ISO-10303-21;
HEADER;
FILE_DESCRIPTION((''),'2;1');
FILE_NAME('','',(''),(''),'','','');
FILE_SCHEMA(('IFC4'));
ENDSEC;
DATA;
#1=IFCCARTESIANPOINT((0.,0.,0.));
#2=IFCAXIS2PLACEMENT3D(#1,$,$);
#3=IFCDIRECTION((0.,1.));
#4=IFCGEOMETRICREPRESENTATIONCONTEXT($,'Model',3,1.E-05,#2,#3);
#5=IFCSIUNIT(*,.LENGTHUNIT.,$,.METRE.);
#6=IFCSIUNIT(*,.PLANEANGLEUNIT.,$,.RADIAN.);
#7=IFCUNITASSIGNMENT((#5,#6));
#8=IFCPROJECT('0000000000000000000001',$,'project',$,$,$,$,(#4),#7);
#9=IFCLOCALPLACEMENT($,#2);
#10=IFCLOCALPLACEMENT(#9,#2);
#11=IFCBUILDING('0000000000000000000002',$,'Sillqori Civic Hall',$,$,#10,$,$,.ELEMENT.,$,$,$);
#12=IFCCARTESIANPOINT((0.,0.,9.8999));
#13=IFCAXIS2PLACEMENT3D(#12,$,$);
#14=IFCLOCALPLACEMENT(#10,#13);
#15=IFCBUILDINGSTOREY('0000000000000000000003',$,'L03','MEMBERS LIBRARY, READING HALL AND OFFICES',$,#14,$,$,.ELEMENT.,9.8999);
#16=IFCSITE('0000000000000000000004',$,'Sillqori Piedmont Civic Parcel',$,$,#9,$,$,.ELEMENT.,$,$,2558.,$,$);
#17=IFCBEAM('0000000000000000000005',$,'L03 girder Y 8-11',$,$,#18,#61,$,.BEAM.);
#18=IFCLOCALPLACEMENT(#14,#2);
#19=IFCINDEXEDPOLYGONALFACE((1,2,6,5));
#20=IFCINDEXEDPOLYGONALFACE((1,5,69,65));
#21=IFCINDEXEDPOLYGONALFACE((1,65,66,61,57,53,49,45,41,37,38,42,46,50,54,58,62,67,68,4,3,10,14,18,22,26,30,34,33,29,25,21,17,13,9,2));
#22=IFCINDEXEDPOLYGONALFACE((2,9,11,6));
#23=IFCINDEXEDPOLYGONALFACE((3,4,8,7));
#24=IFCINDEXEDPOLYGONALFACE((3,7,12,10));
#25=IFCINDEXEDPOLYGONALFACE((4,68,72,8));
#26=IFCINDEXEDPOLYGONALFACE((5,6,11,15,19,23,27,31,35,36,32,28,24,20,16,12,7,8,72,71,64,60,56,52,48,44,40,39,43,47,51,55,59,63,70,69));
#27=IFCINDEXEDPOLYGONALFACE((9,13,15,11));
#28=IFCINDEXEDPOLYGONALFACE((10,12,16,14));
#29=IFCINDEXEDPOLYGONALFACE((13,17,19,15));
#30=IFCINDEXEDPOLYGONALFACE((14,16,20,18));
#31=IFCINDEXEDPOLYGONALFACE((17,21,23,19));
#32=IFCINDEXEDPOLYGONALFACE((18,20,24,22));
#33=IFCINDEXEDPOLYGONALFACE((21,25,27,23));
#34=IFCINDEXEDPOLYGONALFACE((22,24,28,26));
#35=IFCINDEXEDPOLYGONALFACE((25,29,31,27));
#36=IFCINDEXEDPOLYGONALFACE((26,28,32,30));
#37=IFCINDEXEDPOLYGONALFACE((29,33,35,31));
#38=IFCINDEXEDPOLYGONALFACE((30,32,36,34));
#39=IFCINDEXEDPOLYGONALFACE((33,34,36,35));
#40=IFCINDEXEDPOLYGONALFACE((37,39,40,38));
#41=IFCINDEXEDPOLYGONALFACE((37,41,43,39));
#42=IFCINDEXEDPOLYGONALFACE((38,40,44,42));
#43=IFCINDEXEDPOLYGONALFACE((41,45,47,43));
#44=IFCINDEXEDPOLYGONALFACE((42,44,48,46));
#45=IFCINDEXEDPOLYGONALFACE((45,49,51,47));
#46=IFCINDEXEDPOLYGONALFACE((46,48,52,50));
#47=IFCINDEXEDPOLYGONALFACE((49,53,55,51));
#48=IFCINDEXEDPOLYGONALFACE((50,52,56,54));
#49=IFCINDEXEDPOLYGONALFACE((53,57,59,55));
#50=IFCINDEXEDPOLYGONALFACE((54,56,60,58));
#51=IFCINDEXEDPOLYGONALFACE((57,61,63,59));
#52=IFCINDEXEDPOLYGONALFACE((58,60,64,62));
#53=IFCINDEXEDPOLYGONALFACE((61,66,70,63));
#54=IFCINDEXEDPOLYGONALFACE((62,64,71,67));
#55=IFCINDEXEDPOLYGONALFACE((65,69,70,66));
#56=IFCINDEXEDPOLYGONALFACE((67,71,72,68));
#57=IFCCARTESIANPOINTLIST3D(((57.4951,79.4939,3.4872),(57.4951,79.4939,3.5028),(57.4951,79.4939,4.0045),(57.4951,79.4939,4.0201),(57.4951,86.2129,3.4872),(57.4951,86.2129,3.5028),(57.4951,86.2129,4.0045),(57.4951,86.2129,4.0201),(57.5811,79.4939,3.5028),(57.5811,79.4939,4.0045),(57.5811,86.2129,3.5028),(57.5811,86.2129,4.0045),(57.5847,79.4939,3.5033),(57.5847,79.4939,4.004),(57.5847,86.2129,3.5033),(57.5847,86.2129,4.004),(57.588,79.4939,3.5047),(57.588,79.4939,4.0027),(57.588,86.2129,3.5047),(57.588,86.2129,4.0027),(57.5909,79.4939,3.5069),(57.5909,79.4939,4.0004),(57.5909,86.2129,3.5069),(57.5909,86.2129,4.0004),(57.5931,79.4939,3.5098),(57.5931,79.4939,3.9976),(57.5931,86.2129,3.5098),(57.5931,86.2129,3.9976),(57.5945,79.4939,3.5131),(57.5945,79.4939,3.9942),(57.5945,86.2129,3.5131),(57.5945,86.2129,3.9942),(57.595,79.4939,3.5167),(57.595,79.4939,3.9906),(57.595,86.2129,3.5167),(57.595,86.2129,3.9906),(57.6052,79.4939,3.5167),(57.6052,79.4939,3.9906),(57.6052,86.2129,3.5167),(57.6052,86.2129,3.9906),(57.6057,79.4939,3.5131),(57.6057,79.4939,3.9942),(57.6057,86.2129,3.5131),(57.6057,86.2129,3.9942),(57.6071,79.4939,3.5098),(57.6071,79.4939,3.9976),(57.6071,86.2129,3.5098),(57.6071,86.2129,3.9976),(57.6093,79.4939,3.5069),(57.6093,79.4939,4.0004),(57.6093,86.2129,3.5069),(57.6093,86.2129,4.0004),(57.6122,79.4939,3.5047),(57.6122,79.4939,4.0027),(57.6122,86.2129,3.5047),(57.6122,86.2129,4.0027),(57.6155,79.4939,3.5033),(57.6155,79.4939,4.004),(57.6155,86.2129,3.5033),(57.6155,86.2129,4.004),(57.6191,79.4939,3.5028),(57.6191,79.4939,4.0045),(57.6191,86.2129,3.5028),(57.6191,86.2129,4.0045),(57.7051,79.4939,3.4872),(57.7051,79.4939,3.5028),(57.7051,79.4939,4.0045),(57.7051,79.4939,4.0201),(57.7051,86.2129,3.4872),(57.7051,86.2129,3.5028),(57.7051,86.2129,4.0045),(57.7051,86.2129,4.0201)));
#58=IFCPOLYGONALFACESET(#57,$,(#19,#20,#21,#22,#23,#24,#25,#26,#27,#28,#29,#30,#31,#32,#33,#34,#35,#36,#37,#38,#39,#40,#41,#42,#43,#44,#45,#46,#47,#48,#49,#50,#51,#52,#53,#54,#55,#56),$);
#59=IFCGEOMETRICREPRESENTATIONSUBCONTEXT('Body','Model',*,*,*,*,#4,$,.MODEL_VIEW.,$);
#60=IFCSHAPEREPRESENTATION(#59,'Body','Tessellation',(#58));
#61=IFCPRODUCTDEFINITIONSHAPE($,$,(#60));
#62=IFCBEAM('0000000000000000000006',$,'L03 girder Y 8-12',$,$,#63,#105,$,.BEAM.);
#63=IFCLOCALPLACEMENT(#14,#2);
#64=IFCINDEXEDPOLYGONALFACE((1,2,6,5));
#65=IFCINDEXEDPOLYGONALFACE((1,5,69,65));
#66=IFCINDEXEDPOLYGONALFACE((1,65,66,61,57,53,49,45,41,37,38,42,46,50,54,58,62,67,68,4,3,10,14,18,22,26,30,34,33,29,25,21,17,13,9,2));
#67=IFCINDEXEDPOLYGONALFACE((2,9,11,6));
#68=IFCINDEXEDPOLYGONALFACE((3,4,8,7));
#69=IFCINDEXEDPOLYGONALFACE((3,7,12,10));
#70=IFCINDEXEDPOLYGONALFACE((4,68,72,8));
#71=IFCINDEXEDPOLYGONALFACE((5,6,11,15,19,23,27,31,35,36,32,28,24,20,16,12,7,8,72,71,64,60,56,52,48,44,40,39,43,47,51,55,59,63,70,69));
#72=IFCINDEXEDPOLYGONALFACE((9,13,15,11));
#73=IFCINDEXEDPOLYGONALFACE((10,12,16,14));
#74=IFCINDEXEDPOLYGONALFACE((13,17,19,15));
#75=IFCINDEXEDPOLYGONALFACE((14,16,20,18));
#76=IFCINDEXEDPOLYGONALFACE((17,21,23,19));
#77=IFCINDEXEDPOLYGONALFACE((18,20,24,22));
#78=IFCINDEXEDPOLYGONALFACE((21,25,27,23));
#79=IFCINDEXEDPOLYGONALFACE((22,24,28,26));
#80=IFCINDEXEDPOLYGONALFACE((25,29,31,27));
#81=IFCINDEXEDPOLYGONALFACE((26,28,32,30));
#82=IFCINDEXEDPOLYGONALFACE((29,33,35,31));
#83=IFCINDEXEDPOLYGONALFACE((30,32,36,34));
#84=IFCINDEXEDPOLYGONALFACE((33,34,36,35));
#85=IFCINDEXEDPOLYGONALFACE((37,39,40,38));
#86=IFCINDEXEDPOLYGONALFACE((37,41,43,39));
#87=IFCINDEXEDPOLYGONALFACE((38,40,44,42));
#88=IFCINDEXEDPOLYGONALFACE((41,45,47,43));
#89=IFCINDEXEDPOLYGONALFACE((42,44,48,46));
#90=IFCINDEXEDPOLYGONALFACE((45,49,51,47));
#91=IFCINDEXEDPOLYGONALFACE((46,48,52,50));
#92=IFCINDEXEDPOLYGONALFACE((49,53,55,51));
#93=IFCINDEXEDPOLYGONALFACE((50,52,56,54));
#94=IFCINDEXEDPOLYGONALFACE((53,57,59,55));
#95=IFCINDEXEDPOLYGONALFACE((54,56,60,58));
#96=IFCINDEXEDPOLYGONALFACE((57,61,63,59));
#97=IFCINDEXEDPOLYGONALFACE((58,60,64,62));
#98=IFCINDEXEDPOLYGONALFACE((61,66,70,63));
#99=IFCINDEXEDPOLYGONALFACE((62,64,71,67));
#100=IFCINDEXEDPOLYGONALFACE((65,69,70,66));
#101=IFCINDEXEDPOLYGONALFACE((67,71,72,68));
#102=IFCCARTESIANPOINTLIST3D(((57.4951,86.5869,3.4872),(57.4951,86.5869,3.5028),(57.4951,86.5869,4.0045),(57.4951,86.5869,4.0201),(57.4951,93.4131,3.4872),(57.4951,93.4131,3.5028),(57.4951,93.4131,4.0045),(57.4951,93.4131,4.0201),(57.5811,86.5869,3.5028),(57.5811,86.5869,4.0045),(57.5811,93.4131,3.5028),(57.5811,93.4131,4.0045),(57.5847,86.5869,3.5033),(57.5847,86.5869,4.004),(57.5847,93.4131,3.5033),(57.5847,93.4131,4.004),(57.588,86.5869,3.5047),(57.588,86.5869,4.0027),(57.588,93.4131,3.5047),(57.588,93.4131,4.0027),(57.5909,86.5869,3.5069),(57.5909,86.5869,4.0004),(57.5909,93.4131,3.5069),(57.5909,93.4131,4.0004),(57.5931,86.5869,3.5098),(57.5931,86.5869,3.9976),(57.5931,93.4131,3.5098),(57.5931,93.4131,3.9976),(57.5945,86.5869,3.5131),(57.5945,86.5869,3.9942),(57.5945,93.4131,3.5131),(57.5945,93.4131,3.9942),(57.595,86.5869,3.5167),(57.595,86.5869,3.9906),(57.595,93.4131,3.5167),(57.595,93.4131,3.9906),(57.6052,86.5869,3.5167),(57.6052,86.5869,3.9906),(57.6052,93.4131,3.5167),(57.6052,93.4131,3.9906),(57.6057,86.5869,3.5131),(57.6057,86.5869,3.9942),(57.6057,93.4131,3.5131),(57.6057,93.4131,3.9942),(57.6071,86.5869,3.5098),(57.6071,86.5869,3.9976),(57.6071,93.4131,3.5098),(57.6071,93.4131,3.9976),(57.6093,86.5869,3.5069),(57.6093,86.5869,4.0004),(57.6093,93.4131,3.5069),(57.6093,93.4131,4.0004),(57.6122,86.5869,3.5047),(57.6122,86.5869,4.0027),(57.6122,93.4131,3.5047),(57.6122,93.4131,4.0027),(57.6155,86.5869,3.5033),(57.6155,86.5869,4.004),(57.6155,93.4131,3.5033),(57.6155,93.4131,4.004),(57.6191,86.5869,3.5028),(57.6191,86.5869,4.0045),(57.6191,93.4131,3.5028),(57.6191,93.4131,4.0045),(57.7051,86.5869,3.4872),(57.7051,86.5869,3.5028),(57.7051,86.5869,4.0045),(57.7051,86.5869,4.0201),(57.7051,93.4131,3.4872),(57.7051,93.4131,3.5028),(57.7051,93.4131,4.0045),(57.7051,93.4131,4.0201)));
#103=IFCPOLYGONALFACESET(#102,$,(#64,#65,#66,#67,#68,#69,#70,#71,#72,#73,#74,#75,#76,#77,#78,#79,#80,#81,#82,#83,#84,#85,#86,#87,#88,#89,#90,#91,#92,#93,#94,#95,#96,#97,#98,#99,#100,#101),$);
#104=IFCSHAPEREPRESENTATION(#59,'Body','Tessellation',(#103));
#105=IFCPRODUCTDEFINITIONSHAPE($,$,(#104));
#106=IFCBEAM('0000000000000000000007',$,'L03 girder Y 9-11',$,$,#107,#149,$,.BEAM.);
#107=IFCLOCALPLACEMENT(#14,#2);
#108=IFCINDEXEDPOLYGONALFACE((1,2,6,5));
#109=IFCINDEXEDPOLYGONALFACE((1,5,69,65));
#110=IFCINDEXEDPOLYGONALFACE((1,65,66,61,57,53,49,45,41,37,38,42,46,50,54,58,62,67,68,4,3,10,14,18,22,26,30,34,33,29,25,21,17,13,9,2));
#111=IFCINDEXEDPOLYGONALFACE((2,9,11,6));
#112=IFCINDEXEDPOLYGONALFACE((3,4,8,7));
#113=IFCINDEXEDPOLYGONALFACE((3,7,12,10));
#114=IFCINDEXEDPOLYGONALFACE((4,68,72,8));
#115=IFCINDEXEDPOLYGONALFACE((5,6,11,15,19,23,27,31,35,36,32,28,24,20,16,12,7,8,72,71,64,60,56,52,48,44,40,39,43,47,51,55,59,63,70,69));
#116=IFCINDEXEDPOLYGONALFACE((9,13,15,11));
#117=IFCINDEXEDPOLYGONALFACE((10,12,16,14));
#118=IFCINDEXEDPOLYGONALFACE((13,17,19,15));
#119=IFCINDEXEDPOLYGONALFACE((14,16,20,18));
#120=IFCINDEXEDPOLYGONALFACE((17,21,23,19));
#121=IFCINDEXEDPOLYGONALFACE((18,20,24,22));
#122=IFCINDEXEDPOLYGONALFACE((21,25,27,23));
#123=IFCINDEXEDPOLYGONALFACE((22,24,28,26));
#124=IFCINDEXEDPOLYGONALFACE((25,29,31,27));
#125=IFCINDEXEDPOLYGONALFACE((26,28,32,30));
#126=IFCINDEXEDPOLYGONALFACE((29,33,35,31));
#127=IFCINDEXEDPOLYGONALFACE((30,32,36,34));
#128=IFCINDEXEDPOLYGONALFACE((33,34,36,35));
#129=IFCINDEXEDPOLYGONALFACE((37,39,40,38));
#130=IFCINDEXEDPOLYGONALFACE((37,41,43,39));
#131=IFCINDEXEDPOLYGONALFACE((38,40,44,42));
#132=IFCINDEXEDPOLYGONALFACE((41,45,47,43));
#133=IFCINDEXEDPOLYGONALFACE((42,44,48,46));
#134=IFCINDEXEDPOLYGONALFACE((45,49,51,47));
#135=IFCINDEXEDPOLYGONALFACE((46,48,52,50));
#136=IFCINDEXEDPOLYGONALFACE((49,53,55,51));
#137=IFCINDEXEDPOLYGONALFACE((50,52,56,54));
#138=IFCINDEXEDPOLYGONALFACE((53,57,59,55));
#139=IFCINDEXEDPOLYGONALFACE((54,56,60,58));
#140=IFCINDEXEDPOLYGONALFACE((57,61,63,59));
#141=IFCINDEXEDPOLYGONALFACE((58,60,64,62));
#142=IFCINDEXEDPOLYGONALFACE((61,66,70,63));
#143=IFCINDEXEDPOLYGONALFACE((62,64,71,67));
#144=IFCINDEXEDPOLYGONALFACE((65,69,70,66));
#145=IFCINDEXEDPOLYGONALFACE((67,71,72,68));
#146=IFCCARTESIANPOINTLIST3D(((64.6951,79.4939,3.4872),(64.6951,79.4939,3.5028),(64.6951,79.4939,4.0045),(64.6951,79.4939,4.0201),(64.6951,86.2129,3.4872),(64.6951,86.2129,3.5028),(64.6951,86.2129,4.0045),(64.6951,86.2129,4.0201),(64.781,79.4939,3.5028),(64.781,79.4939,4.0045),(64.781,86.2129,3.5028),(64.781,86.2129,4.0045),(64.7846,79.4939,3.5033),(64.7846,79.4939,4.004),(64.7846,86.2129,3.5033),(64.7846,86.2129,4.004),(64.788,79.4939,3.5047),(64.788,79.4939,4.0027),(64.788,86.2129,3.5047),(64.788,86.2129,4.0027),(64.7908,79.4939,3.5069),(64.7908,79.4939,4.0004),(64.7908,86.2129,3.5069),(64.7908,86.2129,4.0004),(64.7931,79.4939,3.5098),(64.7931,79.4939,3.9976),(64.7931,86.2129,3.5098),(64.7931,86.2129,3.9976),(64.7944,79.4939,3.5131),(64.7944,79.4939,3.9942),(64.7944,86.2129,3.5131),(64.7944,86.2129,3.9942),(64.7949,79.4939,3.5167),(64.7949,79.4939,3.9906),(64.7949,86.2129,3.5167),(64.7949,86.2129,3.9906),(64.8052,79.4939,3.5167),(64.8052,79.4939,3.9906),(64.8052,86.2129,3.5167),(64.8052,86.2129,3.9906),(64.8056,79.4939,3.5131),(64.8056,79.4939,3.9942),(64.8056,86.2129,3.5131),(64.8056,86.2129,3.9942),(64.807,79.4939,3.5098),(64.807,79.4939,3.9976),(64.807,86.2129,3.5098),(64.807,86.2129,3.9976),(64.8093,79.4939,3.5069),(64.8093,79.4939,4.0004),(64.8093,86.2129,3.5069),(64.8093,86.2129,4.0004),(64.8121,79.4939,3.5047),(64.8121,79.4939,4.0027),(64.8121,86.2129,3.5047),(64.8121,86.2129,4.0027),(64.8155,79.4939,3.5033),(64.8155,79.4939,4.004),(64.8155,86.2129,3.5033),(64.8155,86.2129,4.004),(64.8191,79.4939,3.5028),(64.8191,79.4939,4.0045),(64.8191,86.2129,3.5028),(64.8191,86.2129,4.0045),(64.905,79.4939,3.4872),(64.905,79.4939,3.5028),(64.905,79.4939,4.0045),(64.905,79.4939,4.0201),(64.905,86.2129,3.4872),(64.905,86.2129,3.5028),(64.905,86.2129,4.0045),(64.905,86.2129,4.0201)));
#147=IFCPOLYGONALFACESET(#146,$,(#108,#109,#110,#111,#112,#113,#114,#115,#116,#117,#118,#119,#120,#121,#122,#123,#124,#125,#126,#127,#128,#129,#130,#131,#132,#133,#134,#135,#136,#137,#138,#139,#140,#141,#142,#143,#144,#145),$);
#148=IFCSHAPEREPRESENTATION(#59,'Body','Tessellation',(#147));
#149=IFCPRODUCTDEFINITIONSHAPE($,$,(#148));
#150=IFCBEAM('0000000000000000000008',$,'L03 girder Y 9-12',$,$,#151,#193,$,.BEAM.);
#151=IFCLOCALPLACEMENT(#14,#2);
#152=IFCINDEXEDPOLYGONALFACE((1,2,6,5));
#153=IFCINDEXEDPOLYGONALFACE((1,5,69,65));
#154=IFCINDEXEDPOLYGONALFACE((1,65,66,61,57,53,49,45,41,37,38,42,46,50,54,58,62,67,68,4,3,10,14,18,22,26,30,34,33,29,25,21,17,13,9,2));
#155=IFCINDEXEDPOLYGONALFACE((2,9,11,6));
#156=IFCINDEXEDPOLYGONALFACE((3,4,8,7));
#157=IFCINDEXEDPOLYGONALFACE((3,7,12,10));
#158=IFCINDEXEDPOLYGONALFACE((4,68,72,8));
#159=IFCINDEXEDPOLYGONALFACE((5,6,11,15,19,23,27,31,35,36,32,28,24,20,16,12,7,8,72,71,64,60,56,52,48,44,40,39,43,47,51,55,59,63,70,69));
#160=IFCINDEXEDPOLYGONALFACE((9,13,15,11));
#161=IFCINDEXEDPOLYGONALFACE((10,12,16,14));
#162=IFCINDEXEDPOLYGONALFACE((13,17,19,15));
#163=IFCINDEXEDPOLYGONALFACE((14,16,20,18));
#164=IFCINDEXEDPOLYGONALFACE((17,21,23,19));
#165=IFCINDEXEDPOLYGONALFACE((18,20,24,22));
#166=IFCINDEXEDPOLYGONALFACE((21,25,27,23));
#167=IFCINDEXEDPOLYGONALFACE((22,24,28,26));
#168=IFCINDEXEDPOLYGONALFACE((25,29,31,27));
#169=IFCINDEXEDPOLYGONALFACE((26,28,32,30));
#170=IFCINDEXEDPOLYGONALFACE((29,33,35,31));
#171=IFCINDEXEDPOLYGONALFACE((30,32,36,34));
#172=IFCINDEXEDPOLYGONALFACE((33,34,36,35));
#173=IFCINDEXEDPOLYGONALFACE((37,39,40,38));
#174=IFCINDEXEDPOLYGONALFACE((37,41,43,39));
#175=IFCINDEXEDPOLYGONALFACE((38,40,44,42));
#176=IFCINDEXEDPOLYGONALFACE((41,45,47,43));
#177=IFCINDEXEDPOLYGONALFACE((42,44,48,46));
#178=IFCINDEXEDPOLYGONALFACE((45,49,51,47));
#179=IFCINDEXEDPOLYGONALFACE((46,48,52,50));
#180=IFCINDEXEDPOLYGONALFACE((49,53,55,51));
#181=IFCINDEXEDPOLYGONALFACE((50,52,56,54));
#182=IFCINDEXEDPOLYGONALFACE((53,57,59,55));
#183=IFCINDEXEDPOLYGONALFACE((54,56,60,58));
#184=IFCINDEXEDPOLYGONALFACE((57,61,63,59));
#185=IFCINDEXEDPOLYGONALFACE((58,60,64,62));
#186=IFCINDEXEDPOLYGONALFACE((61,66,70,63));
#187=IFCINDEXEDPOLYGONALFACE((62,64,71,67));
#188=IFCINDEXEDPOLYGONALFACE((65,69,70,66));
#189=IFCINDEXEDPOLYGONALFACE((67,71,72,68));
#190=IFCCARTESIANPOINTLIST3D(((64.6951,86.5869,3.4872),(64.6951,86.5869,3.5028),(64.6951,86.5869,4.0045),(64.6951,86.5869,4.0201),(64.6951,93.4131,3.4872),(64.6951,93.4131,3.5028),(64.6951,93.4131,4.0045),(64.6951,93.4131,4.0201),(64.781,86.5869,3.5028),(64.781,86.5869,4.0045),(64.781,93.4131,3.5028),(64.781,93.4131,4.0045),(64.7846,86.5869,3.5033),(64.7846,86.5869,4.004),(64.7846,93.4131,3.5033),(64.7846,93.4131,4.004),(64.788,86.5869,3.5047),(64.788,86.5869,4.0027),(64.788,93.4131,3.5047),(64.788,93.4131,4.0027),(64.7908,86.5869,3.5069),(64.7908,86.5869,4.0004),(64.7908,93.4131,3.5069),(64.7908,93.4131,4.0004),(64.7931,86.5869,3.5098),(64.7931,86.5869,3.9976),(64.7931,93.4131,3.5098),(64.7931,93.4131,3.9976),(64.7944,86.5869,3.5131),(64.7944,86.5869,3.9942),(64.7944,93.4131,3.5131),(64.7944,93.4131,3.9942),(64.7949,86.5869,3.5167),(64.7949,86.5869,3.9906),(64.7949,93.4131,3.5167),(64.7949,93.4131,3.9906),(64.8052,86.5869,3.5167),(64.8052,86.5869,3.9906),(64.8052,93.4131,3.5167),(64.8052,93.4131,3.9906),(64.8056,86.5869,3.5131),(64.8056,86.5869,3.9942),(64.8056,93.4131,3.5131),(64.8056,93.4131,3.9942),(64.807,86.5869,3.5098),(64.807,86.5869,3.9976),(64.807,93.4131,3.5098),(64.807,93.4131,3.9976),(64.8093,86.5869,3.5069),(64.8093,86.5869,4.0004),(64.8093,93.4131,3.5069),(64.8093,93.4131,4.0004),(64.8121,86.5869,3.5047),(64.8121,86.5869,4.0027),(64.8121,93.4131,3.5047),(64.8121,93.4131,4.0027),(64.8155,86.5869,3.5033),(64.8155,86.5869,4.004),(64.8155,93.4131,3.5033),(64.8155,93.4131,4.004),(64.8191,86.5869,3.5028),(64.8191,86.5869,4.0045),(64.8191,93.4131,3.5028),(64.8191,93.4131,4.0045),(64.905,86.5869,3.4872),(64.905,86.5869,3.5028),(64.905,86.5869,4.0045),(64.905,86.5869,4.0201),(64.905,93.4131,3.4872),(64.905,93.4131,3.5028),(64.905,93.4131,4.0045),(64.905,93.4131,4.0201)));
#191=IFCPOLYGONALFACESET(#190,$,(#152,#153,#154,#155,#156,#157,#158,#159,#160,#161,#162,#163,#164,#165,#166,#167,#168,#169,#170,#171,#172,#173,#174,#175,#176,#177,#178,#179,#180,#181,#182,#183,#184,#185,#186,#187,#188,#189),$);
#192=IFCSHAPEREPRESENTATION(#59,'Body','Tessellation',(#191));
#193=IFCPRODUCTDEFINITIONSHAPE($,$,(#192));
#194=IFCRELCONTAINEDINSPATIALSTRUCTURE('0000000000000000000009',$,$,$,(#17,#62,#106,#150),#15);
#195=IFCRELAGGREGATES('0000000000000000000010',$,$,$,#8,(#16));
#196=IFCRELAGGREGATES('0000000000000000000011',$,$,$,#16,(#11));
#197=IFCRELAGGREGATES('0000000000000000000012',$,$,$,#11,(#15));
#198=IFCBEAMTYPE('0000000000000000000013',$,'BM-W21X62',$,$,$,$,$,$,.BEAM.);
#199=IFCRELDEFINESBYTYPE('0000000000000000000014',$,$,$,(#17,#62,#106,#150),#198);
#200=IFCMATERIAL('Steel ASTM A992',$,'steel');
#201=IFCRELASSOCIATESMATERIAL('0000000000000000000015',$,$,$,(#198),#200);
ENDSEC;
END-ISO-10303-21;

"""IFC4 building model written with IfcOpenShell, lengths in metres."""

from ifc_helpers import new_model, si_unit, direction, frame, origin, origin_2d, place, context, subcontext, project, spatial, i_section, extrude, material, material_profile, profile_set, type_object, element, save


model = new_model("IFC4")

# Units and contexts
model_context = context("Model", 3, precision=1e-05, world=origin(), true_north=direction((0.0, 1.0)))
body_context = subcontext(model_context, "Body", "Model", "MODEL_VIEW")
ifc_project = project(units=[si_unit("LENGTHUNIT", "METRE"), si_unit("PLANEANGLEUNIT", "RADIAN")], contexts=[model_context])

# Site, building, storey
site_placement = place(None, origin())
site = spatial("IfcSite", under=ifc_project, at=site_placement, Name="Sillqori Piedmont Civic Parcel", CompositionType="ELEMENT", RefElevation=2558.0)
building_placement = place(site_placement, origin())
building = spatial("IfcBuilding", under=site, at=building_placement, Name="Sillqori Civic Hall", CompositionType="ELEMENT")
storey_placement = place(building_placement, frame((0.0, 0.0, 9.8999)))
storey = spatial("IfcBuildingStorey", under=building, at=storey_placement, Name="L03", Description="MEMBERS LIBRARY, READING HALL AND OFFICES", CompositionType="ELEMENT", Elevation=9.8999)

# Shared definitions
ifc_material_1 = material(Name="Steel ASTM A992", Category="steel")

# Beams
ifc_material_profile_1 = material_profile(ifc_material_1, i_section(OverallWidth=0.21, OverallDepth=0.533, WebThickness=0.0103, FlangeThickness=0.0156, FilletRadius=0.0139, at=origin_2d()), Name="W21X62")
ifc_profile_set_1 = profile_set([ifc_material_profile_1], Name="Steel ASTM A992")
beam_type_1 = type_object("IfcBeamType", Name="BM-W21X62", PredefinedType="BEAM", material=ifc_profile_set_1)
beam_1_placement = place(storey_placement, frame((57.6001, 79.4939, 3.7537), z_axis=(0.0, 1.0, 0.0), x_axis=(-1.0, 0.0, 0.0)))
element("IfcBeam", 1, at=beam_1_placement, inside=storey, type_object=beam_type_1, Name="L03 girder Y 8-11", PredefinedType="BEAM", context=body_context, shape_type="SweptSolid", body=[
    extrude(i_section(OverallWidth=0.21, OverallDepth=0.533, WebThickness=0.0103, FlangeThickness=0.0156, FilletRadius=0.0139, at=origin_2d()), origin(), (0.0, 0.0, 1.0), 6.719),
])
beam_2_placement = place(storey_placement, frame((57.6001, 86.5869, 3.7537), z_axis=(0.0, 1.0, 0.0), x_axis=(-1.0, 0.0, 0.0)))
element("IfcBeam", 2, at=beam_2_placement, inside=storey, type_object=beam_type_1, Name="L03 girder Y 8-12", PredefinedType="BEAM", context=body_context, shape_type="SweptSolid", body=[
    extrude(i_section(OverallWidth=0.21, OverallDepth=0.533, WebThickness=0.0103, FlangeThickness=0.0156, FilletRadius=0.0139, at=origin_2d()), origin(), (0.0, 0.0, 1.0), 6.8262),
])
beam_3_placement = place(storey_placement, frame((64.8, 79.4939, 3.7537), z_axis=(0.0, 1.0, 0.0), x_axis=(-1.0, 0.0, 0.0)))
element("IfcBeam", 3, at=beam_3_placement, inside=storey, type_object=beam_type_1, Name="L03 girder Y 9-11", PredefinedType="BEAM", context=body_context, shape_type="SweptSolid", body=[
    extrude(i_section(OverallWidth=0.21, OverallDepth=0.533, WebThickness=0.0103, FlangeThickness=0.0156, FilletRadius=0.0139, at=origin_2d()), origin(), (0.0, 0.0, 1.0), 6.719),
])
beam_4_placement = place(storey_placement, frame((64.8, 86.5869, 3.7537), z_axis=(0.0, 1.0, 0.0), x_axis=(-1.0, 0.0, 0.0)))
element("IfcBeam", 4, at=beam_4_placement, inside=storey, type_object=beam_type_1, Name="L03 girder Y 9-12", PredefinedType="BEAM", context=body_context, shape_type="SweptSolid", body=[
    extrude(i_section(OverallWidth=0.21, OverallDepth=0.533, WebThickness=0.0103, FlangeThickness=0.0156, FilletRadius=0.0139, at=origin_2d()), origin(), (0.0, 0.0, 1.0), 6.8262),
])

save(model, "model.ifc")
